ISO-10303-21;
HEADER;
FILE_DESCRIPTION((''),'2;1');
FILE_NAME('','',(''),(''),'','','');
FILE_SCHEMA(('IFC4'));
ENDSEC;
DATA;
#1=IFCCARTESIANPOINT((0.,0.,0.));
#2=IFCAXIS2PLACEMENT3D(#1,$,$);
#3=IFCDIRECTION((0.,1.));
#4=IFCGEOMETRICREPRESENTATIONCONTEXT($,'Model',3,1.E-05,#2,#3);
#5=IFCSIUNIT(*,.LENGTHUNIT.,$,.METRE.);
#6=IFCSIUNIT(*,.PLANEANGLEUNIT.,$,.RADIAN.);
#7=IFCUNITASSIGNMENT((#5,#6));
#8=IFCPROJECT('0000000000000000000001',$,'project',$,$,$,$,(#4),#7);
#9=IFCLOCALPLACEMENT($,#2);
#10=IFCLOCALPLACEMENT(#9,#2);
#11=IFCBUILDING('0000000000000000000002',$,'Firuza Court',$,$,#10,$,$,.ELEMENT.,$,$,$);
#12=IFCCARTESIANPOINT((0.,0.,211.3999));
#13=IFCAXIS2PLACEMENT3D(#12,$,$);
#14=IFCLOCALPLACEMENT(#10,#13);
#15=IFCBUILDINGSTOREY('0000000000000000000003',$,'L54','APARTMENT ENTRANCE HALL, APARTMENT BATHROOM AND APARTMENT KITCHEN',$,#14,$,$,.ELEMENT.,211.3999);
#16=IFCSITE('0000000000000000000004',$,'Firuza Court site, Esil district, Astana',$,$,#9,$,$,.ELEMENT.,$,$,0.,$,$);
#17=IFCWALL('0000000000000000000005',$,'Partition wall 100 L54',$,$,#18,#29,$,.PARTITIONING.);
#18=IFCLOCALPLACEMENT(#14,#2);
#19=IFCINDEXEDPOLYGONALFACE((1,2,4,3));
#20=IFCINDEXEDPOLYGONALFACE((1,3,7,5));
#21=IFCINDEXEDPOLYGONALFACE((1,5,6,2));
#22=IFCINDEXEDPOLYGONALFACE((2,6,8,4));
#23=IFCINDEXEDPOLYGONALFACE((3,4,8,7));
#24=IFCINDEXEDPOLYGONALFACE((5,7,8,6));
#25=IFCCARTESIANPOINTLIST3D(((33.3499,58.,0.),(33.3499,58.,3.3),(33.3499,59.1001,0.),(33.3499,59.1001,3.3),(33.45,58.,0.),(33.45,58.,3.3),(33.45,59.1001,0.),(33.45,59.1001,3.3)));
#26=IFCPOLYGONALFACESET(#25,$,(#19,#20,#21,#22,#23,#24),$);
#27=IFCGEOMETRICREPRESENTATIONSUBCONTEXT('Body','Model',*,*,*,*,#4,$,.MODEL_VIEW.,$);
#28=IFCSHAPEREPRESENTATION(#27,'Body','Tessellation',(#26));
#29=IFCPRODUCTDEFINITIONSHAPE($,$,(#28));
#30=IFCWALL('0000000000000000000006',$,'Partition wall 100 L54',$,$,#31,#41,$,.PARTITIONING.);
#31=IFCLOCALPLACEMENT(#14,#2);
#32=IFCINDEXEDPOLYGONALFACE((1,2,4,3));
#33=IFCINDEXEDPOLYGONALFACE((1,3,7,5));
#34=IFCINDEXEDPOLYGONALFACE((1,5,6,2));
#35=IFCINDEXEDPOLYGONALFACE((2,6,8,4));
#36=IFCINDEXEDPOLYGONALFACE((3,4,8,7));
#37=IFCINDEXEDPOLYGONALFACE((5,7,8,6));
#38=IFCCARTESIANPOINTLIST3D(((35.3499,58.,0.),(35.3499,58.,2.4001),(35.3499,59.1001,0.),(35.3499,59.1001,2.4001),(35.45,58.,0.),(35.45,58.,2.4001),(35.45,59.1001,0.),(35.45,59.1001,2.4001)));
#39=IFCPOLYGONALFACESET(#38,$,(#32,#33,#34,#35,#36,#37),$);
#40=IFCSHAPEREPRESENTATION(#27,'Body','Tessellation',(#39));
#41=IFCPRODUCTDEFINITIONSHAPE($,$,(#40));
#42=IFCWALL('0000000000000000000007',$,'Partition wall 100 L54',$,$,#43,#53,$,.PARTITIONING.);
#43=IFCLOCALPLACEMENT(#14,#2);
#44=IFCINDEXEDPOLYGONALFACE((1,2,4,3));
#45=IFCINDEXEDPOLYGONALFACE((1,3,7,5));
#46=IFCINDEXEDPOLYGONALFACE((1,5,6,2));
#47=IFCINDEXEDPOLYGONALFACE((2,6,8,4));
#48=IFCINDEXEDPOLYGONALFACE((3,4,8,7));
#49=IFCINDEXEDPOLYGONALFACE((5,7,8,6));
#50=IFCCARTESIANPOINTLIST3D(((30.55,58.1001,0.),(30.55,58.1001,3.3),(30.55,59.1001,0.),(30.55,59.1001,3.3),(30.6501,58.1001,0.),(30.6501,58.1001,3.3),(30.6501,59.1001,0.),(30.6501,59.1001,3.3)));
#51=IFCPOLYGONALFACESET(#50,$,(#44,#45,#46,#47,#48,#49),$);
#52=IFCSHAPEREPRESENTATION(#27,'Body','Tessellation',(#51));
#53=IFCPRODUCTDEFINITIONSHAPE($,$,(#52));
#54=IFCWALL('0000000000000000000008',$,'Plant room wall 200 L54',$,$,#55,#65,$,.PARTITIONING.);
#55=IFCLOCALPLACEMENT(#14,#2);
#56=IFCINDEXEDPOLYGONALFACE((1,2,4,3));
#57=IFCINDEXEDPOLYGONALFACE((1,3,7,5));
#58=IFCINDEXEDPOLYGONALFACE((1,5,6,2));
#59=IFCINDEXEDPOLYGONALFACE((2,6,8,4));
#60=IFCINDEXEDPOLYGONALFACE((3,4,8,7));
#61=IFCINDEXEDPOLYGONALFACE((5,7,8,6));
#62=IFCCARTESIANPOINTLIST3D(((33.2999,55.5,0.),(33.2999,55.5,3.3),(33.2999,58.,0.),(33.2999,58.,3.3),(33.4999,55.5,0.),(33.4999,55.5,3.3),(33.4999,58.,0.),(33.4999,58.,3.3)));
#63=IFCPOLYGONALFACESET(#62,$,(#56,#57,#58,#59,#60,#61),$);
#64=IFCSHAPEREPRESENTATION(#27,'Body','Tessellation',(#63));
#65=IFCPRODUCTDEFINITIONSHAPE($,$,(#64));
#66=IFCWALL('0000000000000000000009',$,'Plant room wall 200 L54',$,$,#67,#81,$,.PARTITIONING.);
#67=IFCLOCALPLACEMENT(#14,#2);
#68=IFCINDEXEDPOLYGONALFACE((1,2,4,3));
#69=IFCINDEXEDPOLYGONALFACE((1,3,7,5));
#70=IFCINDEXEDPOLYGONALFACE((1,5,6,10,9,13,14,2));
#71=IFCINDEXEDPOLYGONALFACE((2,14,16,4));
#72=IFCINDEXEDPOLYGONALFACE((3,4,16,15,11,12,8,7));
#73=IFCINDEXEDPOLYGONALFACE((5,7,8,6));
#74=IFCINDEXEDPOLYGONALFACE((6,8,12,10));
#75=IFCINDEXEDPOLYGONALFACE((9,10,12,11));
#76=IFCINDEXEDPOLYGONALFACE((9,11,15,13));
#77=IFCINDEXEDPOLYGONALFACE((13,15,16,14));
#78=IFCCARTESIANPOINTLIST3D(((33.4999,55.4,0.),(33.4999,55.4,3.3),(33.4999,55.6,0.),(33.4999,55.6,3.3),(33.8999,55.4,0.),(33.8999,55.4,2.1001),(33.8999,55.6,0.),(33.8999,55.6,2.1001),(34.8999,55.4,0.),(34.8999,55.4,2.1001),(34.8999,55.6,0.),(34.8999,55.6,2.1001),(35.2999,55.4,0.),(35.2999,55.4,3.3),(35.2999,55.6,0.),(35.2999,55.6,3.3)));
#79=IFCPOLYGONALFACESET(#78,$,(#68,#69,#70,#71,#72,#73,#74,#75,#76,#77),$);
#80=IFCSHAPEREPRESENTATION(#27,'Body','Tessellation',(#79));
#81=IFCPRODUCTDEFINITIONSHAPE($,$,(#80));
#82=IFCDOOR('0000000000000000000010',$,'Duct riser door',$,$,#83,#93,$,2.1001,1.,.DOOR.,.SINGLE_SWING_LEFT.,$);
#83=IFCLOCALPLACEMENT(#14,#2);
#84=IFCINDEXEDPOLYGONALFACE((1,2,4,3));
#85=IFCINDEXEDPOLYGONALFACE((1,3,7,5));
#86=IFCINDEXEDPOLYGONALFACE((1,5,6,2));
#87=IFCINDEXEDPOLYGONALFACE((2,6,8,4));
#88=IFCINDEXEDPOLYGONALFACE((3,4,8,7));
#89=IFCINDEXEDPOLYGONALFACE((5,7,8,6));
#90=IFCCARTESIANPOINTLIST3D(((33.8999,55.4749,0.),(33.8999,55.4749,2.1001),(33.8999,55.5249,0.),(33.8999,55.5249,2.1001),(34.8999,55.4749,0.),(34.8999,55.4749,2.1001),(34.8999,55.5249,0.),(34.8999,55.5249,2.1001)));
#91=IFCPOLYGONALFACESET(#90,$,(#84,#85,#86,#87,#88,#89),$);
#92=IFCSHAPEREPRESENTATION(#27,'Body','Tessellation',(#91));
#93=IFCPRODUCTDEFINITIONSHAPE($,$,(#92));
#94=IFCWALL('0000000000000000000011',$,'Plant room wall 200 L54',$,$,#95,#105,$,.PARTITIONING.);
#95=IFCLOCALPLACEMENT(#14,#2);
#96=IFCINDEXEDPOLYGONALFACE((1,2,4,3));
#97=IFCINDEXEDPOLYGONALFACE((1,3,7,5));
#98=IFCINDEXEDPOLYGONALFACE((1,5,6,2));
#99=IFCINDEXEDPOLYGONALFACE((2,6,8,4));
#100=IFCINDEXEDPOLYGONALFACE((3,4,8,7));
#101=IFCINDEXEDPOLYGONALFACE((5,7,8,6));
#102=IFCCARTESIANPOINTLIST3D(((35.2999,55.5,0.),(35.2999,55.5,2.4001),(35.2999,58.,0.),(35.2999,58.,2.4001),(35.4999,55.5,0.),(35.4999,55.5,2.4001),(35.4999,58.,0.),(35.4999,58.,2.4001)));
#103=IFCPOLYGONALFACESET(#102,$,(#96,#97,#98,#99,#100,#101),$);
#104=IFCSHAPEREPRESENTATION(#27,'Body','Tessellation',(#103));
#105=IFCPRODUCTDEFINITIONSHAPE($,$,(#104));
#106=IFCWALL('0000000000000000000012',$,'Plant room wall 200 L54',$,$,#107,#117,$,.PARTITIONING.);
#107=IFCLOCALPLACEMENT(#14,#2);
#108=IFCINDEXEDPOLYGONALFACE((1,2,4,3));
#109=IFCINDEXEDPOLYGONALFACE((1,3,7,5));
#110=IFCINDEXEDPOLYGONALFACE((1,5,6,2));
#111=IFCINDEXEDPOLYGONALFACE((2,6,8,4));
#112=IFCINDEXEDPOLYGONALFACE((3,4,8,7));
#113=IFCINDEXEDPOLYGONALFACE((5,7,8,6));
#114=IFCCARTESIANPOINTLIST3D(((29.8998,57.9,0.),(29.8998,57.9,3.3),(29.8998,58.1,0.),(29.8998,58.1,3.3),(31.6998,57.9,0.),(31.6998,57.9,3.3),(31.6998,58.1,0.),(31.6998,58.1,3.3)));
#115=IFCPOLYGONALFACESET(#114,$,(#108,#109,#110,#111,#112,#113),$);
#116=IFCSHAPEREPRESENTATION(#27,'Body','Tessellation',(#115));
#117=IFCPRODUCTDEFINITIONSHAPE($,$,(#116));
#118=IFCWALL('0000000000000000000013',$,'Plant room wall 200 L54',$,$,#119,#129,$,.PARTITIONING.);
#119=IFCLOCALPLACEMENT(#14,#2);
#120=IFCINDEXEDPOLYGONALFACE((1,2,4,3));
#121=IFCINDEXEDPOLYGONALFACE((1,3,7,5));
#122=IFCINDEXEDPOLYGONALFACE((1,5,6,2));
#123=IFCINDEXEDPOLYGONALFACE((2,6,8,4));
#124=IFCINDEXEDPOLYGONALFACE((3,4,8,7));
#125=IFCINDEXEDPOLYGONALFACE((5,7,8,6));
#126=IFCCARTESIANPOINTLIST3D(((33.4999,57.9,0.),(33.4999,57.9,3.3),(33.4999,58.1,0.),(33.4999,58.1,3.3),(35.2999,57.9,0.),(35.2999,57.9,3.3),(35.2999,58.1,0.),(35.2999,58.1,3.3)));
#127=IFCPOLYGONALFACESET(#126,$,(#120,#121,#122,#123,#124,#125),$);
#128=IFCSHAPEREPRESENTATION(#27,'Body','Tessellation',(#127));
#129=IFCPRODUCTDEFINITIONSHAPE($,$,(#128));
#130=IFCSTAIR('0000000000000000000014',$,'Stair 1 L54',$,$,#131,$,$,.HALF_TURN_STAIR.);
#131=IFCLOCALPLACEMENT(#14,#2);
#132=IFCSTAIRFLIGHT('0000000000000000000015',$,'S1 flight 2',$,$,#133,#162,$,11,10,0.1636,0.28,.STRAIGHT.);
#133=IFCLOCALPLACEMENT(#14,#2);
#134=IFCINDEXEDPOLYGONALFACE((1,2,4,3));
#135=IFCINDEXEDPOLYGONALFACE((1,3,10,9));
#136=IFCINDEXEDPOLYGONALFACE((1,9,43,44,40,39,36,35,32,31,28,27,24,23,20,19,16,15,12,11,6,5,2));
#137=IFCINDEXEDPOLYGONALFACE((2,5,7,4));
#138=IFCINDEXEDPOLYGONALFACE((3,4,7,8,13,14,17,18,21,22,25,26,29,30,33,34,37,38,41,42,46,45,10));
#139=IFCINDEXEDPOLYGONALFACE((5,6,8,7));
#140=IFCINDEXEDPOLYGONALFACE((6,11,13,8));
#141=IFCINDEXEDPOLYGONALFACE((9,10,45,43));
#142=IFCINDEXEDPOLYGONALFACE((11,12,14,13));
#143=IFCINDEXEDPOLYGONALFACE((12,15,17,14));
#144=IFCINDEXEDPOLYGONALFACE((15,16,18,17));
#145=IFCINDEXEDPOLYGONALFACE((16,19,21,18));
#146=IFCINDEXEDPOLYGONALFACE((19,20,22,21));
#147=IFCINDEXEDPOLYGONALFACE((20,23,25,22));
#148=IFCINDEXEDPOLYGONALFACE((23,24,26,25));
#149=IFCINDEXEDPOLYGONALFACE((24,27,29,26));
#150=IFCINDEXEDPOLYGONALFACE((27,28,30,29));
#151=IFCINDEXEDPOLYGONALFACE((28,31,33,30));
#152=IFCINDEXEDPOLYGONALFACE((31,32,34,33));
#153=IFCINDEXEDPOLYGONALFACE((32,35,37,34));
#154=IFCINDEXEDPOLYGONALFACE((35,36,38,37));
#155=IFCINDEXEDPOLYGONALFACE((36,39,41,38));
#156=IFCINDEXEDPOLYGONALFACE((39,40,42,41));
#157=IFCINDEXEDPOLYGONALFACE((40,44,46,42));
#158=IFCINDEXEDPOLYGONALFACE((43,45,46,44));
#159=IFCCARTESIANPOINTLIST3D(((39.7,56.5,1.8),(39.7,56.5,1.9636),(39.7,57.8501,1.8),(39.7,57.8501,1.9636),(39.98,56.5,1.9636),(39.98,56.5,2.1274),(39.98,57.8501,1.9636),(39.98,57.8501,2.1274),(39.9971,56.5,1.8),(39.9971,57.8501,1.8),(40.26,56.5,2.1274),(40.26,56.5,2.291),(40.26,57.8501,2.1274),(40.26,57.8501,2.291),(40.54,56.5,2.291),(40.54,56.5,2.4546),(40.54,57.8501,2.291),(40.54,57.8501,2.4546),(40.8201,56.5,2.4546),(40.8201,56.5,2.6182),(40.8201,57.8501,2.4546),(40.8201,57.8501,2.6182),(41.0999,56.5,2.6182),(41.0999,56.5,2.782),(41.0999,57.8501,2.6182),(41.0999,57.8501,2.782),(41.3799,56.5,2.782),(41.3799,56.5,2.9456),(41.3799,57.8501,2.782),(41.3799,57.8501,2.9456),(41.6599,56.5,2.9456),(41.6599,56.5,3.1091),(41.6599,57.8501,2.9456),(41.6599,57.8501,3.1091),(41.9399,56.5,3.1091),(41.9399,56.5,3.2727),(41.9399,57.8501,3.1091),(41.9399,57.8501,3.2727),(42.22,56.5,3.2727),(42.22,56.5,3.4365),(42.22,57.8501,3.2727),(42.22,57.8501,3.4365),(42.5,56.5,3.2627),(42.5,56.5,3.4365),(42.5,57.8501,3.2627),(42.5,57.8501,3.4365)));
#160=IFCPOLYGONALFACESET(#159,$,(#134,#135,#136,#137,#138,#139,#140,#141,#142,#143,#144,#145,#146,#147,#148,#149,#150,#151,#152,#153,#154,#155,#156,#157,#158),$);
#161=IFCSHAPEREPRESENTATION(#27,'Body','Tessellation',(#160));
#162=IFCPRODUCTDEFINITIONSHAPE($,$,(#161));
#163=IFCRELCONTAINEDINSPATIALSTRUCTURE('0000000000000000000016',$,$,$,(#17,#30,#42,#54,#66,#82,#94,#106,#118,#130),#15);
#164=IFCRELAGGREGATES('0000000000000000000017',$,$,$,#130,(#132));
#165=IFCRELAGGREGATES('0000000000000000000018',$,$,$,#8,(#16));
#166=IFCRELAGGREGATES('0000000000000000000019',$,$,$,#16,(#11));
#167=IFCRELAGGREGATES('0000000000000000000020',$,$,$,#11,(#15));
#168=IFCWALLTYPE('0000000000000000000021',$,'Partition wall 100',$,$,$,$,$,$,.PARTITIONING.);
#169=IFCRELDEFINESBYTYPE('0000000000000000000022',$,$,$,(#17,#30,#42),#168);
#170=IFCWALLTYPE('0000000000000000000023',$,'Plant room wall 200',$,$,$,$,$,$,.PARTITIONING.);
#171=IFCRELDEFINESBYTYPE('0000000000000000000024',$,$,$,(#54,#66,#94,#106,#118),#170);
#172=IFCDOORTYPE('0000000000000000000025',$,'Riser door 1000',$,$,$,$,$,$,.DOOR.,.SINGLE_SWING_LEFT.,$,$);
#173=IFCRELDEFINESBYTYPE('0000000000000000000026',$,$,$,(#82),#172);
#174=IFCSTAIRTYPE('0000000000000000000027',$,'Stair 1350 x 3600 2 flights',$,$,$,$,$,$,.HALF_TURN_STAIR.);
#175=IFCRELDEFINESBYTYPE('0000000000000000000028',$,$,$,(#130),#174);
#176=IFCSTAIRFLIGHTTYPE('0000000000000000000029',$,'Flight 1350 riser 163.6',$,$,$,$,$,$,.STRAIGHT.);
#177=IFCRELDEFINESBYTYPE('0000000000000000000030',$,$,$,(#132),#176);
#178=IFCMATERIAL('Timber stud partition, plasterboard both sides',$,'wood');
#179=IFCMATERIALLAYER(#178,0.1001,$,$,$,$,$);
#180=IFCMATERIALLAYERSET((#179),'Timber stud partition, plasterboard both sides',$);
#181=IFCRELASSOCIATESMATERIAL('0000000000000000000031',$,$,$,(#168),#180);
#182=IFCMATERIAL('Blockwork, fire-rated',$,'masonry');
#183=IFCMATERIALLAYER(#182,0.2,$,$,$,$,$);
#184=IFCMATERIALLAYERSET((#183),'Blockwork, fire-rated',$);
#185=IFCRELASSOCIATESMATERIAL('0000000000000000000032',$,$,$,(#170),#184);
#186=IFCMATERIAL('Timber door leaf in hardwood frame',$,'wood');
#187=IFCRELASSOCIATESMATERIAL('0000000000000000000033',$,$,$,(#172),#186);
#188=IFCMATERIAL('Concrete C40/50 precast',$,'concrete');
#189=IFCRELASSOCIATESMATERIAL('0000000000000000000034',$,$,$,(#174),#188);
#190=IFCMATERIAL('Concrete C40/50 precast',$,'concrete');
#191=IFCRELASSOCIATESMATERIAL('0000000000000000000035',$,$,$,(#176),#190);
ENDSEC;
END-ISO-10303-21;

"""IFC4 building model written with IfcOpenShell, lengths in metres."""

from ifc_helpers import new_model, si_unit, direction, frame, frame_2d, origin, place, context, subcontext, project, spatial, polyline, rectangle, outline, extrude, material, layer, layer_set, type_object, element, fill, aggregate, save


model = new_model("IFC4")

# Units and contexts
model_context = context("Model", 3, precision=1e-05, world=origin(), true_north=direction((0.0, 1.0)))
body_context = subcontext(model_context, "Body", "Model", "MODEL_VIEW")
ifc_project = project(units=[si_unit("LENGTHUNIT", "METRE"), si_unit("PLANEANGLEUNIT", "RADIAN")], contexts=[model_context])

# Site, building, storey
site_placement = place(None, origin())
site = spatial("IfcSite", under=ifc_project, at=site_placement, Name="Firuza Court site, Esil district, Astana", CompositionType="ELEMENT", RefElevation=0.0)
building_placement = place(site_placement, origin())
building = spatial("IfcBuilding", under=site, at=building_placement, Name="Firuza Court", CompositionType="ELEMENT")
storey_placement = place(building_placement, frame((0.0, 0.0, 211.3999)))
storey = spatial("IfcBuildingStorey", under=building, at=storey_placement, Name="L54", Description="APARTMENT ENTRANCE HALL, APARTMENT BATHROOM AND APARTMENT KITCHEN", CompositionType="ELEMENT", Elevation=211.3999)

# Walls
ifc_material_1 = material(Name="Timber stud partition, plasterboard both sides", Category="wood")
ifc_layer_1 = layer(ifc_material_1, 0.1001)
ifc_layer_set_1 = layer_set([ifc_layer_1], Name="Timber stud partition, plasterboard both sides")
wall_type_1 = type_object("IfcWallType", Name="Partition wall 100", PredefinedType="PARTITIONING", material=ifc_layer_set_1)
wall_1_placement = place(storey_placement, frame((33.3999, 58.0, 0.0), z_axis=(0.0, 0.0, 1.0), x_axis=(0.0, 1.0, 0.0)))
element("IfcWall", 1, at=wall_1_placement, inside=storey, type_object=wall_type_1, Name="Partition wall 100 L54", PredefinedType="PARTITIONING", context=body_context, shape_type="SweptSolid", body=[
    extrude(rectangle(XDim=1.1001, YDim=0.1001, at=frame_2d((0.55, 0.0))), origin(), (0.0, 0.0, 1.0), 3.3),
])
wall_2_placement = place(storey_placement, frame((35.3999, 58.0, 0.0), z_axis=(0.0, 0.0, 1.0), x_axis=(0.0, 1.0, 0.0)))
element("IfcWall", 2, at=wall_2_placement, inside=storey, type_object=wall_type_1, Name="Partition wall 100 L54", PredefinedType="PARTITIONING", context=body_context, shape_type="SweptSolid", body=[
    extrude(rectangle(XDim=1.1001, YDim=0.1001, at=frame_2d((0.55, 0.0))), origin(), (0.0, 0.0, 1.0), 2.4001),
])
wall_3_placement = place(storey_placement, frame((30.6001, 58.1001, 0.0), z_axis=(0.0, 0.0, 1.0), x_axis=(0.0, 1.0, 0.0)))
element("IfcWall", 3, at=wall_3_placement, inside=storey, type_object=wall_type_1, Name="Partition wall 100 L54", PredefinedType="PARTITIONING", context=body_context, shape_type="SweptSolid", body=[
    extrude(rectangle(XDim=1.0, YDim=0.1001, at=frame_2d((0.5, 0.0))), origin(), (0.0, 0.0, 1.0), 3.3),
])
ifc_material_2 = material(Name="Blockwork, fire-rated", Category="masonry")
ifc_layer_2 = layer(ifc_material_2, 0.2)
ifc_layer_set_2 = layer_set([ifc_layer_2], Name="Blockwork, fire-rated")
wall_type_2 = type_object("IfcWallType", Name="Plant room wall 200", PredefinedType="PARTITIONING", material=ifc_layer_set_2)
wall_4_placement = place(storey_placement, frame((33.3999, 55.5, 0.0), z_axis=(0.0, 0.0, 1.0), x_axis=(0.0, 1.0, 0.0)))
element("IfcWall", 4, at=wall_4_placement, inside=storey, type_object=wall_type_2, Name="Plant room wall 200 L54", PredefinedType="PARTITIONING", context=body_context, shape_type="SweptSolid", body=[
    extrude(rectangle(XDim=2.5, YDim=0.2, at=frame_2d((1.25, 0.0))), origin(), (0.0, 0.0, 1.0), 3.3),
])

# Wall, opening, door
wall_5_placement = place(storey_placement, frame((33.5, 55.5, 0.0), z_axis=(0.0, 0.0, 1.0), x_axis=(1.0, 0.0, 0.0)))
wall_5 = element("IfcWall", 5, at=wall_5_placement, inside=storey, type_object=wall_type_2, Name="Plant room wall 200 L54", PredefinedType="PARTITIONING", context=body_context, shape_type="SweptSolid", body=[
    extrude(rectangle(XDim=1.8, YDim=0.2, at=frame_2d((0.8999, 0.0))), origin(), (0.0, 0.0, 1.0), 3.3),
])
opening_placement = place(wall_5_placement, frame((0.3999, 0.0, 0.0)))
opening = element("IfcOpeningElement", 6, at=opening_placement, cuts=wall_5, PredefinedType="OPENING", context=body_context, shape_type="SweptSolid", body=[
    extrude(rectangle(XDim=1.0, YDim=2.1001, at=frame_2d((0.5, 1.05))), frame((0.0, 0.1118, 0.0), z_axis=(0.0, -1.0, 0.0), x_axis=(1.0, 0.0, 0.0)), (0.0, 0.0, 1.0), 0.2239),
])
ifc_material_3 = material(Name="Timber door leaf in hardwood frame", Category="wood")
door_type = type_object("IfcDoorType", Name="Riser door 1000", OperationType="SINGLE_SWING_LEFT", PredefinedType="DOOR", material=ifc_material_3)
door_placement = place(opening_placement, origin())
door = element("IfcDoor", 7, at=door_placement, inside=storey, type_object=door_type, Name="Duct riser door", OperationType="SINGLE_SWING_LEFT", OverallHeight=2.1001, OverallWidth=1.0, PredefinedType="DOOR", context=body_context, shape_type="SweptSolid", body=[
    extrude(rectangle(XDim=1.0, YDim=2.1001, at=frame_2d((0.5, 1.05))), frame((0.0, 0.0249, 0.0), z_axis=(0.0, -1.0, 0.0), x_axis=(1.0, 0.0, 0.0)), (0.0, 0.0, 1.0), 0.05),
])
fill(opening, door)

# Walls
wall_6_placement = place(storey_placement, frame((35.3999, 55.5, 0.0), z_axis=(0.0, 0.0, 1.0), x_axis=(0.0, 1.0, 0.0)))
element("IfcWall", 8, at=wall_6_placement, inside=storey, type_object=wall_type_2, Name="Plant room wall 200 L54", PredefinedType="PARTITIONING", context=body_context, shape_type="SweptSolid", body=[
    extrude(rectangle(XDim=2.5, YDim=0.2, at=frame_2d((1.25, 0.0))), origin(), (0.0, 0.0, 1.0), 2.4001),
])
for number, where, z_axis, x_axis, name in (
    (9, (29.8999, 58.0, 0.0), (0.0, 0.0, 1.0), (1.0, 0.0, 0.0), "Plant room wall 200 L54"),
    (10, (33.5, 58.0, 0.0), (0.0, 0.0, 1.0), (1.0, 0.0, 0.0), "Plant room wall 200 L54"),
):
    element("IfcWall", number, at=place(storey_placement, frame(where, z_axis=z_axis, x_axis=x_axis)), inside=storey, type_object=wall_type_2, Name=name, PredefinedType="PARTITIONING", context=body_context, shape_type="SweptSolid", body=[
        extrude(rectangle(XDim=1.8, YDim=0.2, at=frame_2d((0.8999, 0.0))), origin(), (0.0, 0.0, 1.0), 3.3),
    ])

# Stair, stair flight
ifc_material_4 = material(Name="Concrete C40/50 precast", Category="concrete")
stair_type = type_object("IfcStairType", Name="Stair 1350 x 3600 2 flights", PredefinedType="HALF_TURN_STAIR", material=ifc_material_4)
stair_placement = place(storey_placement, origin())
stair = element("IfcStair", 11, at=stair_placement, inside=storey, type_object=stair_type, Name="Stair 1 L54", PredefinedType="HALF_TURN_STAIR")
ifc_material_5 = material(Name="Concrete C40/50 precast", Category="concrete")
stair_flight_type = type_object("IfcStairFlightType", Name="Flight 1350 riser 163.6", PredefinedType="STRAIGHT", material=ifc_material_5)
stair_flight_placement = place(storey_placement, frame((39.7, 57.175, 1.8), z_axis=(0.0, 0.0, 1.0), x_axis=(1.0, 0.0, 0.0)))
stair_flight = element("IfcStairFlight", 12, at=stair_flight_placement, type_object=stair_flight_type, Name="S1 flight 2", NumberOfRisers=11, NumberOfTreads=10, PredefinedType="STRAIGHT", RiserHeight=0.1636, TreadLength=0.28, context=body_context, shape_type="SweptSolid", body=[
    extrude(outline(polyline([(0.0, 0.0), (0.0, 0.1636), (0.28, 0.1636), (0.28, 0.3274), (0.5601, 0.3274), (0.5601, 0.491), (0.8401, 0.491), (0.8401, 0.6545), (1.1201, 0.6545), (1.1201, 0.8181), (1.3999, 0.8181), (1.3999, 0.9819), (1.6799, 0.9819), (1.6799, 1.1455), (1.96, 1.1455), (1.96, 1.3091), (2.24, 1.3091), (2.24, 1.4727), (2.52, 1.4727), (2.52, 1.6365), (2.8, 1.6365), (2.8, 1.8), (2.8, 1.4626), (0.2971, 0.0), (0.0, 0.0)])), frame((0.0, 0.675, 0.0), z_axis=(0.0, -1.0, 0.0), x_axis=(1.0, 0.0, 0.0)), (0.0, 0.0, 1.0), 1.3501),
])
aggregate(stair, [stair_flight])

save(model, "model.ifc")
